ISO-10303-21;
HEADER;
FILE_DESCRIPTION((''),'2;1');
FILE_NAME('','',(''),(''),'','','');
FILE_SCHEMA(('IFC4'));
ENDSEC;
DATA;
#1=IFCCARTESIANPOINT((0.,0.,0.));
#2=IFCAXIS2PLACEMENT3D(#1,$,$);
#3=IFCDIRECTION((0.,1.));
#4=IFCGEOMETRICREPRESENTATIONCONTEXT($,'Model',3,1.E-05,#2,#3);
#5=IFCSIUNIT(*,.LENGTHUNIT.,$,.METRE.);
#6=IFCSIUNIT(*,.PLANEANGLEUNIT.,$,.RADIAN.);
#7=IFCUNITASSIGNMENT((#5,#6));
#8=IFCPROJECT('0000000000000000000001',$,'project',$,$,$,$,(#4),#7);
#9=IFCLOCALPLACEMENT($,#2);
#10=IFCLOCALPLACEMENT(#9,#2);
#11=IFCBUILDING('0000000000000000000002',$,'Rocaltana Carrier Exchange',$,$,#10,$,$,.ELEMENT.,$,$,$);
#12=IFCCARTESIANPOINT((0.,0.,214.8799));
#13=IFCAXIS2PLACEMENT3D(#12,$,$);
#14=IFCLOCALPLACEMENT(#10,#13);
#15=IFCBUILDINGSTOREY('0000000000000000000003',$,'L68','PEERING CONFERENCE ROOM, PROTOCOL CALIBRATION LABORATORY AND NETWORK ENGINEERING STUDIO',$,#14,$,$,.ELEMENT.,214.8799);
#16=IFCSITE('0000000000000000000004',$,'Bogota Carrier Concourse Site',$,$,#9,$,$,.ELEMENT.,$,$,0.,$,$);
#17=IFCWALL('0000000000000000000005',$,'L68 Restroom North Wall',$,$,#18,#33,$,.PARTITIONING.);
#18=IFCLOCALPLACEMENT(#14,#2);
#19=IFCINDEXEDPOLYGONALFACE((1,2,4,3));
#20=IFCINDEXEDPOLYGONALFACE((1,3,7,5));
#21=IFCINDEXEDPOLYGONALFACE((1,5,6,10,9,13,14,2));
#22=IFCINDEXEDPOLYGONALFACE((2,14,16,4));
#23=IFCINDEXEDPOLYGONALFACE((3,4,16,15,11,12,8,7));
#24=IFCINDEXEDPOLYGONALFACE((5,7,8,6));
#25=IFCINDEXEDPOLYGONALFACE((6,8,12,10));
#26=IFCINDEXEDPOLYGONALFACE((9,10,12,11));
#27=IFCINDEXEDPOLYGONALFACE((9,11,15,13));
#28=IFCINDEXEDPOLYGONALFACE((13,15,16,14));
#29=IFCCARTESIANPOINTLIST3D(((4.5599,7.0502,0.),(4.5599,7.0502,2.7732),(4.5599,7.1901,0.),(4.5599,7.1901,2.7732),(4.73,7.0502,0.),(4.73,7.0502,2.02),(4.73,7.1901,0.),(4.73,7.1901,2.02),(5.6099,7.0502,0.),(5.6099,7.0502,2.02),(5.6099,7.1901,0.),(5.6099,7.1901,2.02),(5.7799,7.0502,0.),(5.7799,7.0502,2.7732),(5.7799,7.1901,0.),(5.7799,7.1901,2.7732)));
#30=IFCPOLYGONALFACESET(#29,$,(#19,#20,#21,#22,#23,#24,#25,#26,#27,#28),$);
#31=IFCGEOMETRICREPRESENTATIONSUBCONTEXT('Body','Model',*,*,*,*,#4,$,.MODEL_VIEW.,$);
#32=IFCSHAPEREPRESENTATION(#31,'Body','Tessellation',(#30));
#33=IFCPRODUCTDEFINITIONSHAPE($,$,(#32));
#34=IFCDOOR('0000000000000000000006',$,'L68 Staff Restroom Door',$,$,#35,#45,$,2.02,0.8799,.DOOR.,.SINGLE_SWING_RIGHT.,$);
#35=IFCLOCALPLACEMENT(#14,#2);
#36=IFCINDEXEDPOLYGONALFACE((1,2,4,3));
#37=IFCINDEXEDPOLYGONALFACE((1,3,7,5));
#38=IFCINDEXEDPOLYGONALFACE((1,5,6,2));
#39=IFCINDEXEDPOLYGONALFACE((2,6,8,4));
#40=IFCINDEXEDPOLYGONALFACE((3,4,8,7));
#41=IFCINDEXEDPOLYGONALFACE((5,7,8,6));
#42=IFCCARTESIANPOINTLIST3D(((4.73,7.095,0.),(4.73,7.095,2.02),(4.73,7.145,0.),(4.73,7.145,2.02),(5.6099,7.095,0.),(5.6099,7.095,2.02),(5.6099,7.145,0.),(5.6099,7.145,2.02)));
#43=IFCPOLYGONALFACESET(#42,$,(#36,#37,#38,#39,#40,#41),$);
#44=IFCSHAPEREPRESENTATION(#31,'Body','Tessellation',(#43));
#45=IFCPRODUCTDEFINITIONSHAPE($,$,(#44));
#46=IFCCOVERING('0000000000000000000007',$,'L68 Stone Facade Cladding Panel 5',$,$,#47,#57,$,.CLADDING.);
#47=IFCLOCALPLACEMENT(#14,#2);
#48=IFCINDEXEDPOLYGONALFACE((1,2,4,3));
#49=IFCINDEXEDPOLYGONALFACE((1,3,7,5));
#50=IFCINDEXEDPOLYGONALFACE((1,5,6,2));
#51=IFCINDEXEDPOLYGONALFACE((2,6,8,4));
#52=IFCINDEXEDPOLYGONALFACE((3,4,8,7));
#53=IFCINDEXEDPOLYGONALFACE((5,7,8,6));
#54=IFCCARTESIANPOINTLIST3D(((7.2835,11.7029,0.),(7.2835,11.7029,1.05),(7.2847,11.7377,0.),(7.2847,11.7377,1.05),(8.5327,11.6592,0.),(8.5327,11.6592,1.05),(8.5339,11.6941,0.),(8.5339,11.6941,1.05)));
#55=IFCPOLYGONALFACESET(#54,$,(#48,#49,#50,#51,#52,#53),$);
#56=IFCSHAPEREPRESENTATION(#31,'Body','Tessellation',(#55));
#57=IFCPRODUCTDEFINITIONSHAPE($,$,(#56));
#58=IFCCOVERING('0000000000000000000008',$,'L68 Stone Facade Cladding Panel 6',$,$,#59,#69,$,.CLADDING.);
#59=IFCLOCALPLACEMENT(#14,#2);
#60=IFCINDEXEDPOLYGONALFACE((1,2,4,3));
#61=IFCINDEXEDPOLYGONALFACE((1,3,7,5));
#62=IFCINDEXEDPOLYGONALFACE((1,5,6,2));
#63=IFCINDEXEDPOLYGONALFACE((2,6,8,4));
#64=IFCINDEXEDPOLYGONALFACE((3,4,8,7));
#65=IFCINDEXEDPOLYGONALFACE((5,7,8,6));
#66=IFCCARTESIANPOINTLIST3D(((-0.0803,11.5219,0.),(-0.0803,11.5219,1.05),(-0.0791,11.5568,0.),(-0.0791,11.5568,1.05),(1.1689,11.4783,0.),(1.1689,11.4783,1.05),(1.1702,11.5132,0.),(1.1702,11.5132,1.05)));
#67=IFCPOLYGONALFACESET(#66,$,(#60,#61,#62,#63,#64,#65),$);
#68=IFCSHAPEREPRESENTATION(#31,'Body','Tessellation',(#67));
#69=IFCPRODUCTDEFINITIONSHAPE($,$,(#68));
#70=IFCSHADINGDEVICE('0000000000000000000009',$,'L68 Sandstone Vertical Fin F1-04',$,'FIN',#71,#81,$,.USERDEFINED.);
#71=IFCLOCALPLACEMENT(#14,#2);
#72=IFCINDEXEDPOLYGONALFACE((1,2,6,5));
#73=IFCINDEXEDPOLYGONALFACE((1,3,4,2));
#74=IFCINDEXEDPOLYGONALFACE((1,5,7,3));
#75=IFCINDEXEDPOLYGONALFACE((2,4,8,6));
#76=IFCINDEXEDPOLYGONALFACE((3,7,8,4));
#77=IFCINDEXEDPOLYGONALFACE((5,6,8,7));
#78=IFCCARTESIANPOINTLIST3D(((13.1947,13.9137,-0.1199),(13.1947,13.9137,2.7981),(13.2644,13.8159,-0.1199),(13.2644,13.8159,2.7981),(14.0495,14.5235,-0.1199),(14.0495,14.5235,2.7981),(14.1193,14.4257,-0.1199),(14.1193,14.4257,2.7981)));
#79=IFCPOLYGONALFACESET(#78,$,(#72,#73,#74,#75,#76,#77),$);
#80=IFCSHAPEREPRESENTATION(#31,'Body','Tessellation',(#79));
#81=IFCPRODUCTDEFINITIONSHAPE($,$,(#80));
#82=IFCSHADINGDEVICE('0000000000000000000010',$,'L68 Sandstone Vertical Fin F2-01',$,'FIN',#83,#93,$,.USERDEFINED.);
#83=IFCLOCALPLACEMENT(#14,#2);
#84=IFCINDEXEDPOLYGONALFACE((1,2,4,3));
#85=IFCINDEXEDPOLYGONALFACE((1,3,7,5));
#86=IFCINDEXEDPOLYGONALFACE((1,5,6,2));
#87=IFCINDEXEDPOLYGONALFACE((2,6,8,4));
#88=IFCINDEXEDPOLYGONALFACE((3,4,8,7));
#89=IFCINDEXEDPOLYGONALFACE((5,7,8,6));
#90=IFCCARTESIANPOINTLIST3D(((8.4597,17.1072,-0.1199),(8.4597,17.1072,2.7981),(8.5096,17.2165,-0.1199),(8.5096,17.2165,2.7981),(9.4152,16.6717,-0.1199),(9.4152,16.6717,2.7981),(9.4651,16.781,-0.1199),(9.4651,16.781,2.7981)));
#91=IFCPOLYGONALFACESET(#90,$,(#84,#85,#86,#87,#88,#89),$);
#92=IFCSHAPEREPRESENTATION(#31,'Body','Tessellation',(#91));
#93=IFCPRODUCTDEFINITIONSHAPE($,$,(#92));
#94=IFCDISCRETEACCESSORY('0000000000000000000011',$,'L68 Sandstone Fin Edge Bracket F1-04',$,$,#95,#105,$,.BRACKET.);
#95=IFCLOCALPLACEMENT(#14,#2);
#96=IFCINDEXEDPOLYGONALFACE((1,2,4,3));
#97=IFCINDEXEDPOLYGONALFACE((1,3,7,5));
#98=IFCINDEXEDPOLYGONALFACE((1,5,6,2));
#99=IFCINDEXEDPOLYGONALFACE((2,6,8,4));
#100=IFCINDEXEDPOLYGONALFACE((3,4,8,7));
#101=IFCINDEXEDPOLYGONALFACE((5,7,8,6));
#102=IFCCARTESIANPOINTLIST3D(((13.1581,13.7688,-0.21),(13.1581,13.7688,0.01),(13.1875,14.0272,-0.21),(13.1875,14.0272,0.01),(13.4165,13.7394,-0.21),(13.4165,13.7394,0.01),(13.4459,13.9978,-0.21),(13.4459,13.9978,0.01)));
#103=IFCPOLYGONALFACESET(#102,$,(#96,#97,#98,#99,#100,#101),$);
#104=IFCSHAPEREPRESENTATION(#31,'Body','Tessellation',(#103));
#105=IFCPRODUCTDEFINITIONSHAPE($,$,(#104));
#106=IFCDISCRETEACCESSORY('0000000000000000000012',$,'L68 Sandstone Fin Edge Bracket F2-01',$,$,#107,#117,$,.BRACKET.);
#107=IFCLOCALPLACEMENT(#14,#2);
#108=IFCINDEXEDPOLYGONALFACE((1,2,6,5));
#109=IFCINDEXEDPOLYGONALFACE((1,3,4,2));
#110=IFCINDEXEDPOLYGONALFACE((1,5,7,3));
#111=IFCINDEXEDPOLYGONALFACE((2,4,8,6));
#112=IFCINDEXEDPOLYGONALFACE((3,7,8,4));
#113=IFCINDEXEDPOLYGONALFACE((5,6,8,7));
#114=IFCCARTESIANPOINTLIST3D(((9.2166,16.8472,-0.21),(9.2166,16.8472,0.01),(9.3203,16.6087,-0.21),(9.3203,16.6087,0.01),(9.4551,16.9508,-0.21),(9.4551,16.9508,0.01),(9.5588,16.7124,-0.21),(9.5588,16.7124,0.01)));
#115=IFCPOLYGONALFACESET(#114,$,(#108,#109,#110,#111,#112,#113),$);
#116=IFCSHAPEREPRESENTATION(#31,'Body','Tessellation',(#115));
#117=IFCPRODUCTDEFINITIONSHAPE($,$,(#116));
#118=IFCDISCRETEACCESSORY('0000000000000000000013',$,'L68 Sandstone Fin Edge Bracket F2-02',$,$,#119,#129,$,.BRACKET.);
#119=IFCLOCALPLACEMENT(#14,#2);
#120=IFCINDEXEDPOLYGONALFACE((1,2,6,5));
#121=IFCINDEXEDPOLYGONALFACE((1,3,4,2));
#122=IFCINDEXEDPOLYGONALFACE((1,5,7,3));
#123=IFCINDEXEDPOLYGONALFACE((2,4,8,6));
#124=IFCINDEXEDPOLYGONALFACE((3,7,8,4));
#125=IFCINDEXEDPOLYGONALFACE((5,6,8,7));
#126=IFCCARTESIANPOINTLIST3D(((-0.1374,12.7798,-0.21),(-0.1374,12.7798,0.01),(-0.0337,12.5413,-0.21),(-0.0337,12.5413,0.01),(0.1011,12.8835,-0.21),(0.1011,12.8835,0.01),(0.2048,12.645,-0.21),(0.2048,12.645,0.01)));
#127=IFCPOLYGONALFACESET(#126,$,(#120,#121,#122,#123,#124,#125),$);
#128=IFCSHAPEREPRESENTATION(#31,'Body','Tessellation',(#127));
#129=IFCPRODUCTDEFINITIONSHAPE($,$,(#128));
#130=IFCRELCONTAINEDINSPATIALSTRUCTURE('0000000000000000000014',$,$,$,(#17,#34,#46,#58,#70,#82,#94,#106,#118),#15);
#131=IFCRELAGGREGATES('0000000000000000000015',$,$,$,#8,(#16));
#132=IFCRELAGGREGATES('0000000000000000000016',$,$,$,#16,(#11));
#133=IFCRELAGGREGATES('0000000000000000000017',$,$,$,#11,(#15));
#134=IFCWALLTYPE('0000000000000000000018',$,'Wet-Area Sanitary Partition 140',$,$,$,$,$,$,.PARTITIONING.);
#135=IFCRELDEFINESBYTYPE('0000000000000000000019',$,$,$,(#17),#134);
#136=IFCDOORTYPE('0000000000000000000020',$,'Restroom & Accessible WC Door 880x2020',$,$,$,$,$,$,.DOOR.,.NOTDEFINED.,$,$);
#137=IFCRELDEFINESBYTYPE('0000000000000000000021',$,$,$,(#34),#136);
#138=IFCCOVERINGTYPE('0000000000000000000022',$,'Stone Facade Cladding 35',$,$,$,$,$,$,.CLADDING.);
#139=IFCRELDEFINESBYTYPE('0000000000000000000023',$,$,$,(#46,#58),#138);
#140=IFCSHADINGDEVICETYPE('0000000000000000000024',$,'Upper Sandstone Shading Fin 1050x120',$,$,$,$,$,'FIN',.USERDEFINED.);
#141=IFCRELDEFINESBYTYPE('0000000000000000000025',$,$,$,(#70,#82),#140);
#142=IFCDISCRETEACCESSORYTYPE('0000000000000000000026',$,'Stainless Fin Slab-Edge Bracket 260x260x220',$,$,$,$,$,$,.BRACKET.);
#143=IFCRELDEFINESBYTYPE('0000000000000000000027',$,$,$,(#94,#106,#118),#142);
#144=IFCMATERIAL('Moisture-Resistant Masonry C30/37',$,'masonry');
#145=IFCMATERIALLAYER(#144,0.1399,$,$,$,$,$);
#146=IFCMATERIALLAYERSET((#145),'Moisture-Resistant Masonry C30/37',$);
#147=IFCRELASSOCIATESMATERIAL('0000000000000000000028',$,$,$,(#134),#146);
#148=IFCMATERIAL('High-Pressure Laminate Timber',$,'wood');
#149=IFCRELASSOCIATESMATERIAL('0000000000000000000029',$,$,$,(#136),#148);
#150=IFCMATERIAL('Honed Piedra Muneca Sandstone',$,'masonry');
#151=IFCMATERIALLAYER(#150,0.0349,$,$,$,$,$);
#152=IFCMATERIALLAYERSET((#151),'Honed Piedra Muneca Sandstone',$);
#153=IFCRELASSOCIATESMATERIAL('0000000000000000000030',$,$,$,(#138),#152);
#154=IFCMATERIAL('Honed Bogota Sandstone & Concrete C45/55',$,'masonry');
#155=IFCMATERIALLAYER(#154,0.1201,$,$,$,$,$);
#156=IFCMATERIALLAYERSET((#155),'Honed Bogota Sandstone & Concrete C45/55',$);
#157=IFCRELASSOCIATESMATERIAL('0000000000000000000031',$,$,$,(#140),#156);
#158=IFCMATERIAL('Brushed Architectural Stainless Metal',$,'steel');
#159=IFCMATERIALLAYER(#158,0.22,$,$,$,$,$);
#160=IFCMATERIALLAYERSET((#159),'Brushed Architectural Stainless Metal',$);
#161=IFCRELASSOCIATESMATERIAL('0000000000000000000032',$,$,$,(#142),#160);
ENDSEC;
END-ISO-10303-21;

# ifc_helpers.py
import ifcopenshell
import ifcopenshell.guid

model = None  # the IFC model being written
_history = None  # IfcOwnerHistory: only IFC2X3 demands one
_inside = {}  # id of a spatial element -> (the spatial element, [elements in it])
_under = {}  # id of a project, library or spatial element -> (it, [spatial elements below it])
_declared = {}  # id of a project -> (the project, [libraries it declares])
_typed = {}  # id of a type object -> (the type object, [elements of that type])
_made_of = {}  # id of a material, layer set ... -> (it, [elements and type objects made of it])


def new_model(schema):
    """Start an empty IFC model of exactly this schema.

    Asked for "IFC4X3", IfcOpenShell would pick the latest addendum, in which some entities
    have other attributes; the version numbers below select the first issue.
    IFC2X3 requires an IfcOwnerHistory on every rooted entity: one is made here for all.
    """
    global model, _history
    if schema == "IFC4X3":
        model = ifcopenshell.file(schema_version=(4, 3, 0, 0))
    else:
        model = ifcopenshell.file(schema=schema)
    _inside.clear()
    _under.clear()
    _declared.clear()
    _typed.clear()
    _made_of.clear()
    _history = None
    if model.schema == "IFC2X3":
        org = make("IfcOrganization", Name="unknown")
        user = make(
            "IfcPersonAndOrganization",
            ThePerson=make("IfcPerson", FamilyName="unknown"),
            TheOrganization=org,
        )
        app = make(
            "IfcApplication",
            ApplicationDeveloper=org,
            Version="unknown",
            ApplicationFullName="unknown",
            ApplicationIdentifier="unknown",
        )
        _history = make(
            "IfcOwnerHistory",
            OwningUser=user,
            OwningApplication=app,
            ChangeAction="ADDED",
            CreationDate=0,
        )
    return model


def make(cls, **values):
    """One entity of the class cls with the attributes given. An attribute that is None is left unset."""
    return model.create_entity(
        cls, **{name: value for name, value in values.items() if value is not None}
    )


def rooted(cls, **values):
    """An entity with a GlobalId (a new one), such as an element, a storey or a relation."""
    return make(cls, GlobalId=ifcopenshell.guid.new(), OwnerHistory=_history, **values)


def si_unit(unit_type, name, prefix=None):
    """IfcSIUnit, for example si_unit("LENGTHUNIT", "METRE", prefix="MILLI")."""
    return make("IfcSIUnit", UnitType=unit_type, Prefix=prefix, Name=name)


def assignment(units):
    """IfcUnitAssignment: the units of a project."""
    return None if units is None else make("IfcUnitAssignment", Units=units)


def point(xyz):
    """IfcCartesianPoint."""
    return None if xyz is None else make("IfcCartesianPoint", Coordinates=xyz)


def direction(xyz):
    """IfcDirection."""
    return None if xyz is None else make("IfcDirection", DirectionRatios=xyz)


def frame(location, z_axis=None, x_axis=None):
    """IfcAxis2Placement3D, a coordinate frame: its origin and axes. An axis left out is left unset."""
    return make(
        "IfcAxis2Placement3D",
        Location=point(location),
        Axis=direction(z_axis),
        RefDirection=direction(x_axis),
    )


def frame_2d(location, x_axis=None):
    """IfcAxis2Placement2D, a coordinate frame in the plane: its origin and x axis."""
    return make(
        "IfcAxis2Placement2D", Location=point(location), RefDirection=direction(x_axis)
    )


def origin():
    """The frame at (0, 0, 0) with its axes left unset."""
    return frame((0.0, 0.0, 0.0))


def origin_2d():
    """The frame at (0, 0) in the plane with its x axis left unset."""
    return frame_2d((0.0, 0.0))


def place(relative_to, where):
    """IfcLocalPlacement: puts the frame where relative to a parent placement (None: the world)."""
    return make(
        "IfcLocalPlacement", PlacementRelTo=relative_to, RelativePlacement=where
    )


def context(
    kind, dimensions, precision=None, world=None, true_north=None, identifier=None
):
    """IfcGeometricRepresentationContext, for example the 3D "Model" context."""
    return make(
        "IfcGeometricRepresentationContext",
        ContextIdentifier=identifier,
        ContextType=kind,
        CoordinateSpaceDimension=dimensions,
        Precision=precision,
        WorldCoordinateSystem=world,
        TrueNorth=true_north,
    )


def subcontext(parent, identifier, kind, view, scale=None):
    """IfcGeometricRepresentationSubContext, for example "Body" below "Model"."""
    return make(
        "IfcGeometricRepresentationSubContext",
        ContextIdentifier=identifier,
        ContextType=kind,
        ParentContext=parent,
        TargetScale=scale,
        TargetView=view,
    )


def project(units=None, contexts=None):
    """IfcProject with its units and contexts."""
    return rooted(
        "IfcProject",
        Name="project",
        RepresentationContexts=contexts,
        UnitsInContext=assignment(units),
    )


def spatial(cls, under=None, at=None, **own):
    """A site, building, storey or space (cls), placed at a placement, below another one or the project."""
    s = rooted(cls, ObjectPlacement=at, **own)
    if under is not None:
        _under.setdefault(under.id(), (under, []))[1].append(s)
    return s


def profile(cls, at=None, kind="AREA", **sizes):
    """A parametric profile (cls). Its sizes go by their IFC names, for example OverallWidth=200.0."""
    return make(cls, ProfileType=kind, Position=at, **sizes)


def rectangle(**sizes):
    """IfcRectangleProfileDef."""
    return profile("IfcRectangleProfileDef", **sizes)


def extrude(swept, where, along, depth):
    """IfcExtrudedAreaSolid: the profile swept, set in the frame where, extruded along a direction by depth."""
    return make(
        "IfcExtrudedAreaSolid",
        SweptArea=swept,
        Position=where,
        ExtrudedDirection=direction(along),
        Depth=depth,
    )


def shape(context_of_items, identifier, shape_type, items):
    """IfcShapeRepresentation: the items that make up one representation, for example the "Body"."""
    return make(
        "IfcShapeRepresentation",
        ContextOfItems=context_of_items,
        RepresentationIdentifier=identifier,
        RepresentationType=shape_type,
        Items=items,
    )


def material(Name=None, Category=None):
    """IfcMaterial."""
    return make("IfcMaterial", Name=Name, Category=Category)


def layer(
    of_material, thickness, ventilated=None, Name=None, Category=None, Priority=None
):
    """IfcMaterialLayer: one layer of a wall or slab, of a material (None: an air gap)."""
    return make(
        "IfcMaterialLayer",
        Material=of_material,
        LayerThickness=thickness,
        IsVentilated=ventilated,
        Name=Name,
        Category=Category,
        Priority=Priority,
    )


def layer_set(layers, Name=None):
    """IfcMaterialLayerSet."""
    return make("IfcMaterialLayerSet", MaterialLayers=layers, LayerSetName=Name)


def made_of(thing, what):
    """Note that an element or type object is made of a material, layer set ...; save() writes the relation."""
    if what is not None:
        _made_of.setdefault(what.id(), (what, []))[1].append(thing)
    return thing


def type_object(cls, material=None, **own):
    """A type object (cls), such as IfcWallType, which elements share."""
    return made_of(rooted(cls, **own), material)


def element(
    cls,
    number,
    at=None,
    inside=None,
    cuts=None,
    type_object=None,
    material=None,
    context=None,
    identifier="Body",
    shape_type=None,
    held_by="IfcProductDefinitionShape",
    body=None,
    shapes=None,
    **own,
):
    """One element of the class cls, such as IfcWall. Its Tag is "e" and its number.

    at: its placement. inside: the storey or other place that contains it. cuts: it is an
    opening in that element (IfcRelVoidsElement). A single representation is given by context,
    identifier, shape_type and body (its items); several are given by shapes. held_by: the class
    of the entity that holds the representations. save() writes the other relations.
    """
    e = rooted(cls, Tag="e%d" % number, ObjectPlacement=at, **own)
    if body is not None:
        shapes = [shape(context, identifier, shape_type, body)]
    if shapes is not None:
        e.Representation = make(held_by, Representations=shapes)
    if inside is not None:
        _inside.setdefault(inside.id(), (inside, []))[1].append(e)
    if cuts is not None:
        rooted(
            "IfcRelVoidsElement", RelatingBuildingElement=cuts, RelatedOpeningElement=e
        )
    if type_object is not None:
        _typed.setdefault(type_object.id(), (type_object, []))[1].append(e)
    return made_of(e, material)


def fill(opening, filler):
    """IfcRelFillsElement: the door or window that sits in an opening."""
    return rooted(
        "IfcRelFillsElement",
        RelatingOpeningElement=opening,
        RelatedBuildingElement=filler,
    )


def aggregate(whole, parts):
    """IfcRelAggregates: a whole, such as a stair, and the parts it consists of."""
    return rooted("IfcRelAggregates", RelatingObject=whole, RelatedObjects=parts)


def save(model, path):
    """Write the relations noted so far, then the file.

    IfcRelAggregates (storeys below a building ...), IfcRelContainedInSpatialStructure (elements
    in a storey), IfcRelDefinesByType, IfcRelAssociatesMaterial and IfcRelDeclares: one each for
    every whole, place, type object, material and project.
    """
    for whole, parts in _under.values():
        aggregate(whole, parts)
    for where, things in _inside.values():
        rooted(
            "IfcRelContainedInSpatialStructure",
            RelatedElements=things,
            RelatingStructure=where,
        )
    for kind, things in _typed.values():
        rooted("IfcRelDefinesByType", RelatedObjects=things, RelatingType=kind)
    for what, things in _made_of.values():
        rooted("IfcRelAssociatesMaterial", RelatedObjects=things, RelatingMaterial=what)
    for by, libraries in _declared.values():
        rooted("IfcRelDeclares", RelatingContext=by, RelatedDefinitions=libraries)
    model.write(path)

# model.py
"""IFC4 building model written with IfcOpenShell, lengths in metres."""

from ifc_helpers import new_model, si_unit, direction, frame, frame_2d, origin, origin_2d, place, context, subcontext, project, spatial, rectangle, extrude, material, layer, layer_set, type_object, element, fill, save


model = new_model("IFC4")

# Units and contexts
model_context = context("Model", 3, precision=1e-05, world=origin(), true_north=direction((0.0, 1.0)))
body_context = subcontext(model_context, "Body", "Model", "MODEL_VIEW")
ifc_project = project(units=[si_unit("LENGTHUNIT", "METRE"), si_unit("PLANEANGLEUNIT", "RADIAN")], contexts=[model_context])

# Site, building, storey
site_placement = place(None, origin())
site = spatial("IfcSite", under=ifc_project, at=site_placement, Name="Bogota Carrier Concourse Site", CompositionType="ELEMENT", RefElevation=0.0)
building_placement = place(site_placement, origin())
building = spatial("IfcBuilding", under=site, at=building_placement, Name="Rocaltana Carrier Exchange", CompositionType="ELEMENT")
storey_placement = place(building_placement, frame((0.0, 0.0, 214.8799)))
storey = spatial("IfcBuildingStorey", under=building, at=storey_placement, Name="L68", Description="PEERING CONFERENCE ROOM, PROTOCOL CALIBRATION LABORATORY AND NETWORK ENGINEERING STUDIO", CompositionType="ELEMENT", Elevation=214.8799)

# Wall, opening, door
ifc_material_1 = material(Name="Moisture-Resistant Masonry C30/37", Category="masonry")
ifc_layer_1 = layer(ifc_material_1, 0.1399)
ifc_layer_set_1 = layer_set([ifc_layer_1], Name="Moisture-Resistant Masonry C30/37")
wall_type_1 = type_object("IfcWallType", Name="Wet-Area Sanitary Partition 140", PredefinedType="PARTITIONING", material=ifc_layer_set_1)
wall_1_placement = place(storey_placement, frame((4.5601, 7.1201, 0.0), z_axis=(0.0, 0.0, 1.0), x_axis=(1.0, 0.0, 0.0)))
wall_1 = element("IfcWall", 1, at=wall_1_placement, inside=storey, type_object=wall_type_1, Name="L68 Restroom North Wall", PredefinedType="PARTITIONING", context=body_context, shape_type="SweptSolid", body=[
    extrude(rectangle(XDim=1.22, YDim=0.1399, at=frame_2d((0.6099, 0.0))), origin(), (0.0, 0.0, 1.0), 2.7732),
])
opening_1_placement = place(wall_1_placement, frame((0.1699, 0.0, 0.0)))
opening_1 = element("IfcOpeningElement", 2, at=opening_1_placement, cuts=wall_1, PredefinedType="OPENING", context=body_context, shape_type="SweptSolid", body=[
    extrude(rectangle(XDim=0.8799, YDim=2.02, at=frame_2d((0.4399, 1.01))), frame((0.0, 0.0798, 0.0), z_axis=(0.0, -1.0, 0.0), x_axis=(1.0, 0.0, 0.0)), (0.0, 0.0, 1.0), 0.1599),
])
ifc_material_2 = material(Name="High-Pressure Laminate Timber", Category="wood")
door_type_1 = type_object("IfcDoorType", Name="Restroom & Accessible WC Door 880x2020", OperationType="NOTDEFINED", PredefinedType="DOOR", material=ifc_material_2)
door_1_placement = place(opening_1_placement, origin())
door_1 = element("IfcDoor", 3, at=door_1_placement, inside=storey, type_object=door_type_1, Name="L68 Staff Restroom Door", OperationType="SINGLE_SWING_RIGHT", OverallHeight=2.02, OverallWidth=0.8799, PredefinedType="DOOR", context=body_context, shape_type="SweptSolid", body=[
    extrude(rectangle(XDim=0.8799, YDim=2.02, at=frame_2d((0.4399, 1.01))), frame((0.0, 0.0249, 0.0), z_axis=(0.0, -1.0, 0.0), x_axis=(1.0, 0.0, 0.0)), (0.0, 0.0, 1.0), 0.05),
])
fill(opening_1, door_1)

# Coverings
ifc_material_3 = material(Name="Honed Piedra Muneca Sandstone", Category="masonry")
ifc_layer_2 = layer(ifc_material_3, 0.0349)
ifc_layer_set_2 = layer_set([ifc_layer_2], Name="Honed Piedra Muneca Sandstone")
covering_type = type_object("IfcCoveringType", Name="Stone Facade Cladding 35", PredefinedType="CLADDING", material=ifc_layer_set_2)
for number, where, z_axis, x_axis, name in (
    (4, (7.9087, 11.6985, 0.0), (0.0, 0.0, 1.0), (-0.999391, 0.034899, 0.0), "L68 Stone Facade Cladding Panel 5"),
    (5, (0.5449, 11.5176, 0.0), (0.0, 0.0, 1.0), (-0.999391, 0.034899, 0.0), "L68 Stone Facade Cladding Panel 6"),
):
    element("IfcCovering", number, at=place(storey_placement, frame(where, z_axis=z_axis, x_axis=x_axis)), inside=storey, type_object=covering_type, Name=name, PredefinedType="CLADDING", context=body_context, shape_type="SweptSolid", body=[
        extrude(rectangle(XDim=1.25, YDim=0.0349, at=origin_2d()), origin(), (0.0, 0.0, 1.0), 1.05),
    ])

# Shading devices
ifc_material_4 = material(Name="Honed Bogota Sandstone & Concrete C45/55", Category="masonry")
ifc_layer_3 = layer(ifc_material_4, 0.1201)
ifc_layer_set_3 = layer_set([ifc_layer_3], Name="Honed Bogota Sandstone & Concrete C45/55")
shading_device_type = type_object("IfcShadingDeviceType", Name="Upper Sandstone Shading Fin 1050x120", ElementType="FIN", PredefinedType="USERDEFINED", material=ifc_layer_set_3)
for number, where, z_axis, x_axis, name in (
    (6, (13.657, 14.1697, -0.1199), (0.0, 0.0, 1.0), (0.814116, 0.580703, 0.0), "L68 Sandstone Vertical Fin F1-04"),
    (7, (8.9624, 16.9441, -0.1199), (0.0, 0.0, 1.0), (-0.909961, 0.414693, 0.0), "L68 Sandstone Vertical Fin F2-01"),
):
    element("IfcShadingDevice", number, at=place(storey_placement, frame(where, z_axis=z_axis, x_axis=x_axis)), inside=storey, type_object=shading_device_type, Name=name, ObjectType="FIN", PredefinedType="USERDEFINED", context=body_context, shape_type="SweptSolid", body=[
        extrude(rectangle(XDim=1.05, YDim=0.1201, at=origin_2d()), origin(), (0.0, 0.0, 1.0), 2.918),
    ])

# Discrete accessories
ifc_material_5 = material(Name="Brushed Architectural Stainless Metal", Category="steel")
ifc_layer_4 = layer(ifc_material_5, 0.22)
ifc_layer_set_4 = layer_set([ifc_layer_4], Name="Brushed Architectural Stainless Metal")
discrete_accessory_type = type_object("IfcDiscreteAccessoryType", Name="Stainless Fin Slab-Edge Bracket 260x260x220", PredefinedType="BRACKET", material=ifc_layer_set_4)
for number, where, z_axis, x_axis, name in (
    (8, (13.302, 13.8833, -0.21), (0.0, 0.0, 1.0), (0.113203, 0.993572, 0.0), "L68 Sandstone Fin Edge Bracket F1-04"),
    (9, (9.3877, 16.7798, -0.21), (0.0, 0.0, 1.0), (-0.91706, -0.398749, 0.0), "L68 Sandstone Fin Edge Bracket F2-01"),
    (10, (0.0337, 12.7124, -0.21), (0.0, 0.0, 1.0), (-0.91706, -0.398749, 0.0), "L68 Sandstone Fin Edge Bracket F2-02"),
):
    element("IfcDiscreteAccessory", number, at=place(storey_placement, frame(where, z_axis=z_axis, x_axis=x_axis)), inside=storey, type_object=discrete_accessory_type, Name=name, PredefinedType="BRACKET", context=body_context, shape_type="SweptSolid", body=[
        extrude(rectangle(XDim=0.26, YDim=0.26, at=origin_2d()), origin(), (0.0, 0.0, 1.0), 0.22),
    ])

save(model, "model.ifc")
